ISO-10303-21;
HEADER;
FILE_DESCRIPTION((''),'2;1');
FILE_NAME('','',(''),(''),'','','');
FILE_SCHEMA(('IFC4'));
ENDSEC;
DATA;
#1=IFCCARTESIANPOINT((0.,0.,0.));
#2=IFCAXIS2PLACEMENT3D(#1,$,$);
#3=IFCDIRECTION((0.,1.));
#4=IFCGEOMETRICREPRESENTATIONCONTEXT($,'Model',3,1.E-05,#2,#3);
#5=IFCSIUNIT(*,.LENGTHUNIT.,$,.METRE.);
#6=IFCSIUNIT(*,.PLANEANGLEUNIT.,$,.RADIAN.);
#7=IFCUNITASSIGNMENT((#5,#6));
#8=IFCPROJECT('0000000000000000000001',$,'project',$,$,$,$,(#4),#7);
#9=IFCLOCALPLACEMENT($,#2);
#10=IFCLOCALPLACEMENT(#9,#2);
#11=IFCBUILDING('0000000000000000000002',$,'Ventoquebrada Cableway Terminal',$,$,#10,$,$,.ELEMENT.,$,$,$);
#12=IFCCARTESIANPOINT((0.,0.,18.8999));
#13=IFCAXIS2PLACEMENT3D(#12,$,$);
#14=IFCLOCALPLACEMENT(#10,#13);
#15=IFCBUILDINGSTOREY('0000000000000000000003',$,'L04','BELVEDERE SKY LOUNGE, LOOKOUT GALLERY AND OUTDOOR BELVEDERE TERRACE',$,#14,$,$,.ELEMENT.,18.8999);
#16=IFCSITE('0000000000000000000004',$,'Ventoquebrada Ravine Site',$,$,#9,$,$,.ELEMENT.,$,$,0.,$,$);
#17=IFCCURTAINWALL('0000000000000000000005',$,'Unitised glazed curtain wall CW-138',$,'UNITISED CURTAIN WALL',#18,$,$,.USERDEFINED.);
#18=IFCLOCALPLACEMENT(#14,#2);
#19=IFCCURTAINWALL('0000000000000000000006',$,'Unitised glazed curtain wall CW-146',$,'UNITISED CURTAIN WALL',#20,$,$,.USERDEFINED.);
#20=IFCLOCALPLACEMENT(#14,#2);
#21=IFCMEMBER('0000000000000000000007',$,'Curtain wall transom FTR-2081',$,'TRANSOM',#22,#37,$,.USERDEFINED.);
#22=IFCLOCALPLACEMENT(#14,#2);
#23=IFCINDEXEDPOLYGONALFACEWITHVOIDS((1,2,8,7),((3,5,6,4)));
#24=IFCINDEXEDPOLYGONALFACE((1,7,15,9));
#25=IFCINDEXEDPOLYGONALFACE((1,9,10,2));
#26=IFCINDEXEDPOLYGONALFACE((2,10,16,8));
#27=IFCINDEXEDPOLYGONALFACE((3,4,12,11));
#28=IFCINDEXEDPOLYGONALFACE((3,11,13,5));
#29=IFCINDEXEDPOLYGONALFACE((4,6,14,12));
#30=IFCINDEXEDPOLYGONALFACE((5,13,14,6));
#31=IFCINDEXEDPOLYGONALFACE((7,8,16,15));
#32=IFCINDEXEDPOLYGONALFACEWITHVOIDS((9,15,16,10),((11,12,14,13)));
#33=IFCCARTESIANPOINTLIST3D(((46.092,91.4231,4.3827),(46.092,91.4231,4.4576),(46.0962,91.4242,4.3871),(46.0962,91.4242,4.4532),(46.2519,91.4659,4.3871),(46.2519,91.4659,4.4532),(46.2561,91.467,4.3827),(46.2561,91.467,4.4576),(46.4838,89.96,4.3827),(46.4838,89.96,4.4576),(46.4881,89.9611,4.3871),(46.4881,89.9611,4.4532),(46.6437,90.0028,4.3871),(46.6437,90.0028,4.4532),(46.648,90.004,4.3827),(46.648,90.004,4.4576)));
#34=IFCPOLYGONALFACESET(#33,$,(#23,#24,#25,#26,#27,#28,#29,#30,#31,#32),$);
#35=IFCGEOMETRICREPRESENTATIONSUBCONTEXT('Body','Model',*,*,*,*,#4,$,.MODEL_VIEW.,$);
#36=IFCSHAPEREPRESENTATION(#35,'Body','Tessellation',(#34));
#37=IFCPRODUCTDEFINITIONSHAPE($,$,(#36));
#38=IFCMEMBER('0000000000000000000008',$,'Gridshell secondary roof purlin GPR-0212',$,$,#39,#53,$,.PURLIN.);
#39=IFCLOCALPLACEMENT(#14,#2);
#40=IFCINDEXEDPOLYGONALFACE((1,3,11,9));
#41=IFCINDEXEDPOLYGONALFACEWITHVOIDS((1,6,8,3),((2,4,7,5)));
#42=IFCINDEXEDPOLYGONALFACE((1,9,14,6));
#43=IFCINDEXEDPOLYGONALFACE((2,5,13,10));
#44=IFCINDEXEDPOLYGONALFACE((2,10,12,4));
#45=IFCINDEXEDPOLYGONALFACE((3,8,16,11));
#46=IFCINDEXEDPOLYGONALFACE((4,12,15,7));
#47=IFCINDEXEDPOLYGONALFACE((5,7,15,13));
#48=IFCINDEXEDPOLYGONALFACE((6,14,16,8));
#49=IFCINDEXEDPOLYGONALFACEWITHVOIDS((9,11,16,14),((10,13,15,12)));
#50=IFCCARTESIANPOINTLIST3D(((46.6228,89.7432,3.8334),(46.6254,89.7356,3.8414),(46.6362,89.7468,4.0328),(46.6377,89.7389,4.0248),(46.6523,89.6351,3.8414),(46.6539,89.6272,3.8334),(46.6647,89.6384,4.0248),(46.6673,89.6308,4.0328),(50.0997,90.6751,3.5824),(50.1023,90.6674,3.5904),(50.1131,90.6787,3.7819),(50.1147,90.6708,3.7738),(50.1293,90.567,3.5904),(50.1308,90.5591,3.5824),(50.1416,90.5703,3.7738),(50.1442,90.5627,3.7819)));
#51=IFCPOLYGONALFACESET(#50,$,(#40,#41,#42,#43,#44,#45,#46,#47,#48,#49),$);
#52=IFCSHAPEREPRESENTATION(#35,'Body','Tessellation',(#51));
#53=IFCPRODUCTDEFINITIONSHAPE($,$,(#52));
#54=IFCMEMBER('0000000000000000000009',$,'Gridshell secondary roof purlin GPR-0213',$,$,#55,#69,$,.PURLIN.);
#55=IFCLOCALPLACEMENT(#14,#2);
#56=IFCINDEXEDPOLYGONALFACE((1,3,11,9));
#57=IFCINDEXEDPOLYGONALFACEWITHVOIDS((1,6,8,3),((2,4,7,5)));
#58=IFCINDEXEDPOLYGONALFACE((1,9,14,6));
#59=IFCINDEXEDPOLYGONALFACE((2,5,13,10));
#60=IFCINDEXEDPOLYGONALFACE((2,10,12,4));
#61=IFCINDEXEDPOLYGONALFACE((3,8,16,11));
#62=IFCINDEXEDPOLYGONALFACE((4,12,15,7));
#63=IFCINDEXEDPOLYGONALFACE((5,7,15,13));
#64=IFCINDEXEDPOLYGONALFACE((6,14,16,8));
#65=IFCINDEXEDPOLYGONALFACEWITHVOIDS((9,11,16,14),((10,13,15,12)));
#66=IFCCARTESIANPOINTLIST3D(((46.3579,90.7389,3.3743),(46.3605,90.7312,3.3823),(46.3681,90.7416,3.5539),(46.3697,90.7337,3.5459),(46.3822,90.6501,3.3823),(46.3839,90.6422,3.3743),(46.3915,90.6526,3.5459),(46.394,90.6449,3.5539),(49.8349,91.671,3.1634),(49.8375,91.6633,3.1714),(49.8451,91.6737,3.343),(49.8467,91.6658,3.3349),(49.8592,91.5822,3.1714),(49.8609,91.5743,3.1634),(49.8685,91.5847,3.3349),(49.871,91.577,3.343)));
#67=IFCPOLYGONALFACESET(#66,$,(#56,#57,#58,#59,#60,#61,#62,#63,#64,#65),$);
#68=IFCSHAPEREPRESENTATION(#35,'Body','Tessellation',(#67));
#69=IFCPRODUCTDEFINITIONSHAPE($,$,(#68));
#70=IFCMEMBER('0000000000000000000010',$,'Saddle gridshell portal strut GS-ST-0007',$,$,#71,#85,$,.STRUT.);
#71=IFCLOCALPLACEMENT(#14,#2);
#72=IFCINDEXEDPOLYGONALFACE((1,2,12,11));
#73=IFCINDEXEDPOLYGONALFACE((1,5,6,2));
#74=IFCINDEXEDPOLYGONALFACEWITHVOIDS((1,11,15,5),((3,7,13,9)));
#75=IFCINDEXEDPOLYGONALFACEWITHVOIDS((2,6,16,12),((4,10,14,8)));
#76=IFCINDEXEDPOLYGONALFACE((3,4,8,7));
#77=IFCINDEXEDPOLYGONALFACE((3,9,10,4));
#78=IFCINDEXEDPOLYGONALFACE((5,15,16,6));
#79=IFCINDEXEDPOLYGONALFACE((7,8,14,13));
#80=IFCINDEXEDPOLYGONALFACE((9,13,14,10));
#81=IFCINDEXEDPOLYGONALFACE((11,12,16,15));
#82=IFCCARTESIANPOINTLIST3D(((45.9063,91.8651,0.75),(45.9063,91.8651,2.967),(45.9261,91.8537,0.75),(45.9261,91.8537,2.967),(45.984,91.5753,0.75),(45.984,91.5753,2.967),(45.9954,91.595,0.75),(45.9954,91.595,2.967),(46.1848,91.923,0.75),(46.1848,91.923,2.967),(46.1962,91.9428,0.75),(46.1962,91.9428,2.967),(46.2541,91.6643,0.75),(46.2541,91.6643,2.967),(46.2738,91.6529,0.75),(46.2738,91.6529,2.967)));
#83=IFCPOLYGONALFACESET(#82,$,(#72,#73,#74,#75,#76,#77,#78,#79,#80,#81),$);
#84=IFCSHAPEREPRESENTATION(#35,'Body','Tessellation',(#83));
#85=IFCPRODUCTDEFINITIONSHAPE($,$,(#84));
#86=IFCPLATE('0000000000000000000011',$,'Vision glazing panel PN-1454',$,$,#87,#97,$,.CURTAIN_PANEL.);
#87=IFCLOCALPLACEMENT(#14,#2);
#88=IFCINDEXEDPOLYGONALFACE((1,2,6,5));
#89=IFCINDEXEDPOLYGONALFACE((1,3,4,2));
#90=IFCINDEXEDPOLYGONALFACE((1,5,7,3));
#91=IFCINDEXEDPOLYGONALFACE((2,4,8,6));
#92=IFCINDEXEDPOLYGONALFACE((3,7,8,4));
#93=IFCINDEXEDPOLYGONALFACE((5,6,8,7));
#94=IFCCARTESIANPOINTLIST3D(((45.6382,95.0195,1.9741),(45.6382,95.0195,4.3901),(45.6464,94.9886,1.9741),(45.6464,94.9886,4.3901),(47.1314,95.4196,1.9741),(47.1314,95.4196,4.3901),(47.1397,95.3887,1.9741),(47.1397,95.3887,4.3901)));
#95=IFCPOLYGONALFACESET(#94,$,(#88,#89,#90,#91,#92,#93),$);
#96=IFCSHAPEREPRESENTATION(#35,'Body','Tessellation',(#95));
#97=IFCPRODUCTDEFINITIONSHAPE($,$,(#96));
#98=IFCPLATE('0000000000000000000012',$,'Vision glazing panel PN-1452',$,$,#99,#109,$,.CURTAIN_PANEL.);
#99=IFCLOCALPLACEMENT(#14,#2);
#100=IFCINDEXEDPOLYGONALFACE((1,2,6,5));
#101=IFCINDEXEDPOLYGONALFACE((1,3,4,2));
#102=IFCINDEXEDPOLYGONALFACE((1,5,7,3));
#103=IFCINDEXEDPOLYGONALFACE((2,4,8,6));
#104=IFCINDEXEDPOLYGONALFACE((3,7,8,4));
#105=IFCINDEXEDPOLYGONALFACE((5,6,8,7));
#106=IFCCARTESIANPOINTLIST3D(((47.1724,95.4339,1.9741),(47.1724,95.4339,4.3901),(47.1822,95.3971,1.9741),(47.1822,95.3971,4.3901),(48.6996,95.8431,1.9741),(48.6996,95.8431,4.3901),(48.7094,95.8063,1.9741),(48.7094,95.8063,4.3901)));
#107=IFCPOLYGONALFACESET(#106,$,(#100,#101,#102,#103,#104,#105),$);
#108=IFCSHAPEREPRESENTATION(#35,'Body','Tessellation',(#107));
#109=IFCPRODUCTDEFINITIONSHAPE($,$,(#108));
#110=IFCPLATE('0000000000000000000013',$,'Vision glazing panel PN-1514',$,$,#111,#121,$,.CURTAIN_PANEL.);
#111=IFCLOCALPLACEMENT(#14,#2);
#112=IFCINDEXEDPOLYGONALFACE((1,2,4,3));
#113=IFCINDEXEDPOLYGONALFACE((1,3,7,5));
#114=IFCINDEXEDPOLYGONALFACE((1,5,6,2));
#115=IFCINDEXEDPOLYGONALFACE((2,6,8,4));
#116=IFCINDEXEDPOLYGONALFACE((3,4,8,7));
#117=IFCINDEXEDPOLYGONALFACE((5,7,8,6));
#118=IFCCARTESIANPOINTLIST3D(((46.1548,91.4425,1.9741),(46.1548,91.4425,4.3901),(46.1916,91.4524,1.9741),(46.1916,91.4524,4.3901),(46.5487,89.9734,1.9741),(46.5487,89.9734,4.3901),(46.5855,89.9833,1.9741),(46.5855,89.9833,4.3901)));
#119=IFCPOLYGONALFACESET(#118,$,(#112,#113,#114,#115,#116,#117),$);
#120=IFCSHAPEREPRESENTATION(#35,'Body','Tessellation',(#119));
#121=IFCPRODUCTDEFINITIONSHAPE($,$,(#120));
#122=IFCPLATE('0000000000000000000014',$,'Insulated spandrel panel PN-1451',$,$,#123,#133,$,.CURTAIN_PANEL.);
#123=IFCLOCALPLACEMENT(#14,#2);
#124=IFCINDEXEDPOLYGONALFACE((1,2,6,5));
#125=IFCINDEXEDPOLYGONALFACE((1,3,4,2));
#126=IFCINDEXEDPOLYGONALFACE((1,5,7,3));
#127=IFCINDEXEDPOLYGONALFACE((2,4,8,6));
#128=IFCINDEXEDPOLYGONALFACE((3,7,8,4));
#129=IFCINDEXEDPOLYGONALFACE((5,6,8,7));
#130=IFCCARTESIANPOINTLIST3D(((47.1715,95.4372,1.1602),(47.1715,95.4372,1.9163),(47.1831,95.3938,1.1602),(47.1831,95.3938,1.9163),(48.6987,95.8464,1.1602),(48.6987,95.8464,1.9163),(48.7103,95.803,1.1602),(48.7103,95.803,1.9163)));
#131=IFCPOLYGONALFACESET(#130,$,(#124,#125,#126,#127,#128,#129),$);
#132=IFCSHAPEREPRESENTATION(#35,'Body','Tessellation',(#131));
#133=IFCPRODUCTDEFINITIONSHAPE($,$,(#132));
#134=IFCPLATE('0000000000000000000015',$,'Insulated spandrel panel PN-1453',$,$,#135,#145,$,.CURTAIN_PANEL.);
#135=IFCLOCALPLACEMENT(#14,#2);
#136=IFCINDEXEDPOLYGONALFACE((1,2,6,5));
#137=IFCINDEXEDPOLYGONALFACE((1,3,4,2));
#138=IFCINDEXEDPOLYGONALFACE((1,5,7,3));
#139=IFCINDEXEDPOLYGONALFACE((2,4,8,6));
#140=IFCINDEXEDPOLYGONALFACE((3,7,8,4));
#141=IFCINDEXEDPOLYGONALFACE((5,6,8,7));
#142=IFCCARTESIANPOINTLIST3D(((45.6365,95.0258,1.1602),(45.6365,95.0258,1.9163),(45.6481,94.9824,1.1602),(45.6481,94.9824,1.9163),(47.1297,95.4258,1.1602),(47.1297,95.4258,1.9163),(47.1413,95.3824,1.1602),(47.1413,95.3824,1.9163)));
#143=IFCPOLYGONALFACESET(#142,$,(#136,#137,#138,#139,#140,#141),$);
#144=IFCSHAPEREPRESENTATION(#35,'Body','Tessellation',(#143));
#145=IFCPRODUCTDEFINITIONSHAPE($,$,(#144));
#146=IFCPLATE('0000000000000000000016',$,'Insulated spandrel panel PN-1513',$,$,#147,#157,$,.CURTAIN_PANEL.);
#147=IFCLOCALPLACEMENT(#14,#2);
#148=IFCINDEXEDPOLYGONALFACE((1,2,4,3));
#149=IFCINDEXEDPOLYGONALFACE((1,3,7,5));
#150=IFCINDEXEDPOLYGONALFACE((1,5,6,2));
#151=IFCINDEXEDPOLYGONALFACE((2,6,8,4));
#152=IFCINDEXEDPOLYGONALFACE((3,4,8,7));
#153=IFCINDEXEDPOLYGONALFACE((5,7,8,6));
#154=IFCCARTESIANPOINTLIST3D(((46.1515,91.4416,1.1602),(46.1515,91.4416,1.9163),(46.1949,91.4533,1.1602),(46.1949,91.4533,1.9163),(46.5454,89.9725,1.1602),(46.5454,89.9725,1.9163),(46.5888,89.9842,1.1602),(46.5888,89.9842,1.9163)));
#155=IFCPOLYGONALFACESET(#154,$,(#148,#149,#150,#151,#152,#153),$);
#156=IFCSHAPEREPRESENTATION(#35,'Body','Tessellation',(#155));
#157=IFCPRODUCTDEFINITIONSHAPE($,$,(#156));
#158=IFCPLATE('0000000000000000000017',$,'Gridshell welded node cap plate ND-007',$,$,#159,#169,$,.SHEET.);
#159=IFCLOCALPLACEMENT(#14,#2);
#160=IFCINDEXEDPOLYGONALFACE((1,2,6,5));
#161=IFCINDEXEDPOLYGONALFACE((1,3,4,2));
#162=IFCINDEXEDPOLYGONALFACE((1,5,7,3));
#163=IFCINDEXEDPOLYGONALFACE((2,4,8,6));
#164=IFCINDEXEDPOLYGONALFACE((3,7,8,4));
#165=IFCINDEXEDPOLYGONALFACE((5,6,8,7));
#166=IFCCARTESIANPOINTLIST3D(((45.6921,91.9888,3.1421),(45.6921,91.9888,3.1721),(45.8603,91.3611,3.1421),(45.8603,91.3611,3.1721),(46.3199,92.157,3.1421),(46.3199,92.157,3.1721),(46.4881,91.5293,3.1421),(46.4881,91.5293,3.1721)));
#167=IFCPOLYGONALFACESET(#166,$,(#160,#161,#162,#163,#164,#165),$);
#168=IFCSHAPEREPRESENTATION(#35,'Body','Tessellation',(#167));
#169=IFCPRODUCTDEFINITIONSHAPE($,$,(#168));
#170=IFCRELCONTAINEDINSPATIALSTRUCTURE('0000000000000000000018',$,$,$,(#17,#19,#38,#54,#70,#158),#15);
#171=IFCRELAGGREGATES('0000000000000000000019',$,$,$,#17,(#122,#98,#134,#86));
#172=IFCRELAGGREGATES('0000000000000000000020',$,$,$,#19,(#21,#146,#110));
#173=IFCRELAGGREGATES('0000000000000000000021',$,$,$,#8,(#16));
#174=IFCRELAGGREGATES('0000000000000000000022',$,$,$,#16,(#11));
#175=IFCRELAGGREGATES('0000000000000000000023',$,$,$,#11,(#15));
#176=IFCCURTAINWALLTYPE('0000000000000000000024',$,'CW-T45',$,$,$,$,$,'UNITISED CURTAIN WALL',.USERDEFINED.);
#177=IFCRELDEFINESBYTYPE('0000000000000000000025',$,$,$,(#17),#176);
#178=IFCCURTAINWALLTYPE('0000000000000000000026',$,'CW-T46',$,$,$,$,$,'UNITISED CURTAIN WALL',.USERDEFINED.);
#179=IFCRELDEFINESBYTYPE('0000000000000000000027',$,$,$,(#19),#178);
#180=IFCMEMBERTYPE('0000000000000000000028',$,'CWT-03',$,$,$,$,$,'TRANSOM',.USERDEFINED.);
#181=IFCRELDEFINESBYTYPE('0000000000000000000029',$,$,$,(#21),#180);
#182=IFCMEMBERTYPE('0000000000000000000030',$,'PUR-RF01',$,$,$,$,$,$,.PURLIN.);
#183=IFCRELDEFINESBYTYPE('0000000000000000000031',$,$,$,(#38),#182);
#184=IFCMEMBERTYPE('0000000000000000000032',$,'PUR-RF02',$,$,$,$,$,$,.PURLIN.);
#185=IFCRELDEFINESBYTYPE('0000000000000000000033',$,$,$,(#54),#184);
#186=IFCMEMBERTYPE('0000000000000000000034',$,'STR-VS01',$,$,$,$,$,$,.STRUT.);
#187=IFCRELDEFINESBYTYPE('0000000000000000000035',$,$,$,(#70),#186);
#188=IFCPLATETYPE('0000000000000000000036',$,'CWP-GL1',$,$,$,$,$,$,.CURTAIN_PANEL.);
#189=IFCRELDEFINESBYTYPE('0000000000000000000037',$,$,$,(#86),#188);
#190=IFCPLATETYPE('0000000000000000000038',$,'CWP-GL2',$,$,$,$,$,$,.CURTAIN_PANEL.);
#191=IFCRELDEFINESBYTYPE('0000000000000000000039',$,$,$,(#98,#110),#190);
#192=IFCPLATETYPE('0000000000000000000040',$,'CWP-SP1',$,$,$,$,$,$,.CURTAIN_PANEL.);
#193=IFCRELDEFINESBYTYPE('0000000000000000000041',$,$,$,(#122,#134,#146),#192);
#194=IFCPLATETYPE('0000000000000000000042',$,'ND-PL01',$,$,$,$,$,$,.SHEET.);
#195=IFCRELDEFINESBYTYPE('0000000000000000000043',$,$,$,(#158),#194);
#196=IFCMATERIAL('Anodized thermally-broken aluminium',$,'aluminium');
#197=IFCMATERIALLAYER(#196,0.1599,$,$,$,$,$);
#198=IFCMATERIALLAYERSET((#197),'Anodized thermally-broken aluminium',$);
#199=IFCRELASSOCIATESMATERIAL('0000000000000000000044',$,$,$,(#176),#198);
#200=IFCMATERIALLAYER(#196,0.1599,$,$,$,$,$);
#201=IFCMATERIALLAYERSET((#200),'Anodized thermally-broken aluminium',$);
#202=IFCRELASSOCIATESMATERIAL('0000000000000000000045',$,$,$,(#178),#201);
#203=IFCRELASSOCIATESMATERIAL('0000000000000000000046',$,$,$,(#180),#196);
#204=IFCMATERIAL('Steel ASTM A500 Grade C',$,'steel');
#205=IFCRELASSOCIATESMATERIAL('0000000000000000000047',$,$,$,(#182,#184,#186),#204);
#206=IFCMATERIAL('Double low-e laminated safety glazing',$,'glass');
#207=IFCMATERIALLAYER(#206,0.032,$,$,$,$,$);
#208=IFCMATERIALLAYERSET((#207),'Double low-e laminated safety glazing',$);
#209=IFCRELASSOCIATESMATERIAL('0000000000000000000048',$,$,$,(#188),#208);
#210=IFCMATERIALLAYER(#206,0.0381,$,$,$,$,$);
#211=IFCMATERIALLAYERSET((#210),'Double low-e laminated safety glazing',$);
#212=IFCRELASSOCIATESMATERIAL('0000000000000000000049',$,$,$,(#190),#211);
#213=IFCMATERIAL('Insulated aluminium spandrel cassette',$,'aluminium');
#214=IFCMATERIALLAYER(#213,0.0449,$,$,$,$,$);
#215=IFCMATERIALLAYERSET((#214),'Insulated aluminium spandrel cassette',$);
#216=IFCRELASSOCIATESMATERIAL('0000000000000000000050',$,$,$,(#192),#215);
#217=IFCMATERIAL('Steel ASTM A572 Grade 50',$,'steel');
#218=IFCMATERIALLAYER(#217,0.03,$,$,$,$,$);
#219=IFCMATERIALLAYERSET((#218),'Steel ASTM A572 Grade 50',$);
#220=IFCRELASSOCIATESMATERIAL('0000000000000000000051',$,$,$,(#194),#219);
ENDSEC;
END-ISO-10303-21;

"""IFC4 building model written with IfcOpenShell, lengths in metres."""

from ifc_helpers import new_model, si_unit, direction, frame, origin, origin_2d, place, context, subcontext, project, spatial, rectangle, hollow_rectangle, extrude, material, layer, layer_set, material_profile, profile_set, type_object, element, aggregate, save


model = new_model("IFC4")

# Units and contexts
model_context = context("Model", 3, precision=1e-05, world=origin(), true_north=direction((0.0, 1.0)))
body_context = subcontext(model_context, "Body", "Model", "MODEL_VIEW")
ifc_project = project(units=[si_unit("LENGTHUNIT", "METRE"), si_unit("PLANEANGLEUNIT", "RADIAN")], contexts=[model_context])

# Site, building, storey
site_placement = place(None, origin())
site = spatial("IfcSite", under=ifc_project, at=site_placement, Name="Ventoquebrada Ravine Site", CompositionType="ELEMENT", RefElevation=0.0)
building_placement = place(site_placement, origin())
building = spatial("IfcBuilding", under=site, at=building_placement, Name="Ventoquebrada Cableway Terminal", CompositionType="ELEMENT")
storey_placement = place(building_placement, frame((0.0, 0.0, 18.8999)))
storey = spatial("IfcBuildingStorey", under=building, at=storey_placement, Name="L04", Description="BELVEDERE SKY LOUNGE, LOOKOUT GALLERY AND OUTDOOR BELVEDERE TERRACE", CompositionType="ELEMENT", Elevation=18.8999)

# Shared definitions
ifc_material_1 = material(Name="Steel ASTM A500 Grade C", Category="steel")

# Curtain wall
ifc_material_2 = material(Name="Anodized thermally-broken aluminium", Category="aluminium")
ifc_layer_1 = layer(ifc_material_2, 0.1599)
ifc_layer_set_1 = layer_set([ifc_layer_1], Name="Anodized thermally-broken aluminium")
curtain_wall_type_1 = type_object("IfcCurtainWallType", Name="CW-T45", ElementType="UNITISED CURTAIN WALL", PredefinedType="USERDEFINED", material=ifc_layer_set_1)
curtain_wall_1_placement = place(storey_placement, origin())
curtain_wall_1 = element("IfcCurtainWall", 1, at=curtain_wall_1_placement, inside=storey, type_object=curtain_wall_type_1, Name="Unitised glazed curtain wall CW-138", ObjectType="UNITISED CURTAIN WALL", PredefinedType="USERDEFINED")

# Curtain wall
ifc_layer_2 = layer(ifc_material_2, 0.1599)
ifc_layer_set_2 = layer_set([ifc_layer_2], Name="Anodized thermally-broken aluminium")
curtain_wall_type_2 = type_object("IfcCurtainWallType", Name="CW-T46", ElementType="UNITISED CURTAIN WALL", PredefinedType="USERDEFINED", material=ifc_layer_set_2)
curtain_wall_2_placement = place(storey_placement, origin())
curtain_wall_2 = element("IfcCurtainWall", 2, at=curtain_wall_2_placement, inside=storey, type_object=curtain_wall_type_2, Name="Unitised glazed curtain wall CW-146", ObjectType="UNITISED CURTAIN WALL", PredefinedType="USERDEFINED")

# Member
ifc_material_profile_1 = material_profile(ifc_material_2, hollow_rectangle(XDim=0.075, YDim=0.1699, WallThickness=0.0044, at=origin_2d()), Name="CW-TRN-75X170")
ifc_profile_set_1 = profile_set([ifc_material_profile_1], Name="Anodized thermally-broken aluminium")
member_type_1 = type_object("IfcMemberType", Name="CWT-03", ElementType="TRANSOM", PredefinedType="USERDEFINED", material=ifc_profile_set_1)
member_1_placement = place(storey_placement, frame((46.1741, 91.4451, 4.4202), z_axis=(0.258696, -0.965959, 0.0), x_axis=(0.0, 0.0, 1.0)))
member_1 = element("IfcMember", 3, at=member_1_placement, type_object=member_type_1, Name="Curtain wall transom FTR-2081", ObjectType="TRANSOM", PredefinedType="USERDEFINED", context=body_context, shape_type="SweptSolid", body=[
    extrude(hollow_rectangle(XDim=0.075, YDim=0.1699, WallThickness=0.0044, at=origin_2d()), origin(), (0.0, 0.0, 1.0), 1.5146),
])

# Members
ifc_material_profile_2 = material_profile(ifc_material_1, hollow_rectangle(XDim=0.1201, YDim=0.2, WallThickness=0.0081, at=origin_2d()), Name="RHS200X120X8")
ifc_profile_set_2 = profile_set([ifc_material_profile_2], Name="Steel ASTM A500 Grade C")
member_type_2 = type_object("IfcMemberType", Name="PUR-RF01", PredefinedType="PURLIN", material=ifc_profile_set_2)
member_2_placement = place(storey_placement, frame((46.645, 89.687, 3.9331), z_axis=(0.963572, 0.258247, -0.069551), x_axis=(-0.258874, 0.965911, 0.0)))
element("IfcMember", 4, at=member_2_placement, inside=storey, type_object=member_type_2, Name="Gridshell secondary roof purlin GPR-0212", PredefinedType="PURLIN", context=body_context, shape_type="SweptSolid", body=[
    extrude(hollow_rectangle(XDim=0.1201, YDim=0.2, WallThickness=0.0081, at=origin_2d()), origin(), (0.0, 0.0, 1.0), 3.6084),
])
ifc_material_profile_3 = material_profile(ifc_material_1, hollow_rectangle(XDim=0.1001, YDim=0.1799, WallThickness=0.0081, at=origin_2d()), Name="RHS180X100X8")
ifc_profile_set_3 = profile_set([ifc_material_profile_3], Name="Steel ASTM A500 Grade C")
member_type_3 = type_object("IfcMemberType", Name="PUR-RF02", PredefinedType="PURLIN", material=ifc_profile_set_3)
member_3_placement = place(storey_placement, frame((46.376, 90.6919, 3.4641), z_axis=(0.96424, 0.258494, -0.058496), x_axis=(-0.258937, 0.965894, 0.0)))
element("IfcMember", 5, at=member_3_placement, inside=storey, type_object=member_type_3, Name="Gridshell secondary roof purlin GPR-0213", PredefinedType="PURLIN", context=body_context, shape_type="SweptSolid", body=[
    extrude(hollow_rectangle(XDim=0.1001, YDim=0.1799, WallThickness=0.0081, at=origin_2d()), origin(), (0.0, 0.0, 1.0), 3.606),
])
ifc_material_profile_4 = material_profile(ifc_material_1, hollow_rectangle(XDim=0.3, YDim=0.3, WallThickness=0.0161, at=origin_2d()), Name="HSS300X300X16")
ifc_profile_set_4 = profile_set([ifc_material_profile_4], Name="Steel ASTM A500 Grade C")
member_type_4 = type_object("IfcMemberType", Name="STR-VS01", PredefinedType="STRUT", material=ifc_profile_set_4)
member_4_placement = place(storey_placement, frame((46.0901, 91.759, 0.75), z_axis=(0.0, 0.0, 1.0), x_axis=(0.965926, 0.258819, 0.0)))
element("IfcMember", 6, at=member_4_placement, inside=storey, type_object=member_type_4, Name="Saddle gridshell portal strut GS-ST-0007", PredefinedType="STRUT", context=body_context, shape_type="SweptSolid", body=[
    extrude(hollow_rectangle(XDim=0.3, YDim=0.3, WallThickness=0.0161, at=origin_2d()), origin(), (0.0, 0.0, 1.0), 2.217),
])

# Plates
ifc_material_3 = material(Name="Double low-e laminated safety glazing", Category="glass")
ifc_layer_3 = layer(ifc_material_3, 0.032)
ifc_layer_set_3 = layer_set([ifc_layer_3], Name="Double low-e laminated safety glazing")
plate_type_1 = type_object("IfcPlateType", Name="CWP-GL1", PredefinedType="CURTAIN_PANEL", material=ifc_layer_set_3)
plate_1_placement = place(storey_placement, frame((46.3889, 95.2041, 1.9741), z_axis=(0.0, 0.0, 1.0), x_axis=(-0.965935, -0.258785, 0.0)))
plate_1 = element("IfcPlate", 7, at=plate_1_placement, type_object=plate_type_1, Name="Vision glazing panel PN-1454", PredefinedType="CURTAIN_PANEL", context=body_context, shape_type="SweptSolid", body=[
    extrude(rectangle(XDim=1.5459, YDim=0.032, at=origin_2d()), origin(), (0.0, 0.0, 1.0), 2.416),
])
ifc_layer_4 = layer(ifc_material_3, 0.0381)
ifc_layer_set_4 = layer_set([ifc_layer_4], Name="Double low-e laminated safety glazing")
plate_type_2 = type_object("IfcPlateType", Name="CWP-GL2", PredefinedType="CURTAIN_PANEL", material=ifc_layer_set_4)
plate_2_placement = place(storey_placement, frame((47.9409, 95.6201, 1.9741), z_axis=(0.0, 0.0, 1.0), x_axis=(-0.965935, -0.258785, 0.0)))
plate_2 = element("IfcPlate", 8, at=plate_2_placement, type_object=plate_type_2, Name="Vision glazing panel PN-1452", PredefinedType="CURTAIN_PANEL", context=body_context, shape_type="SweptSolid", body=[
    extrude(rectangle(XDim=1.5811, YDim=0.0381, at=origin_2d()), origin(), (0.0, 0.0, 1.0), 2.416),
])
plate_3_placement = place(storey_placement, frame((46.3701, 90.7129, 1.9741), z_axis=(0.0, 0.0, 1.0), x_axis=(0.258971, -0.965885, 0.0)))
plate_3 = element("IfcPlate", 9, at=plate_3_placement, type_object=plate_type_2, Name="Vision glazing panel PN-1514", PredefinedType="CURTAIN_PANEL", context=body_context, shape_type="SweptSolid", body=[
    extrude(rectangle(XDim=1.521, YDim=0.0381, at=origin_2d()), origin(), (0.0, 0.0, 1.0), 2.416),
])
ifc_material_4 = material(Name="Insulated aluminium spandrel cassette", Category="aluminium")
ifc_layer_5 = layer(ifc_material_4, 0.0449)
ifc_layer_set_5 = layer_set([ifc_layer_5], Name="Insulated aluminium spandrel cassette")
plate_type_3 = type_object("IfcPlateType", Name="CWP-SP1", PredefinedType="CURTAIN_PANEL", material=ifc_layer_set_5)
plate_4_placement = place(storey_placement, frame((47.9409, 95.6201, 1.1602), z_axis=(0.0, 0.0, 1.0), x_axis=(-0.965935, -0.258785, 0.0)))
plate_4 = element("IfcPlate", 10, at=plate_4_placement, type_object=plate_type_3, Name="Insulated spandrel panel PN-1451", PredefinedType="CURTAIN_PANEL", context=body_context, shape_type="SweptSolid", body=[
    extrude(rectangle(XDim=1.5811, YDim=0.0449, at=origin_2d()), origin(), (0.0, 0.0, 1.0), 0.7561),
])
plate_5_placement = place(storey_placement, frame((46.3889, 95.2041, 1.1602), z_axis=(0.0, 0.0, 1.0), x_axis=(-0.965935, -0.258785, 0.0)))
plate_5 = element("IfcPlate", 11, at=plate_5_placement, type_object=plate_type_3, Name="Insulated spandrel panel PN-1453", PredefinedType="CURTAIN_PANEL", context=body_context, shape_type="SweptSolid", body=[
    extrude(rectangle(XDim=1.5459, YDim=0.0449, at=origin_2d()), origin(), (0.0, 0.0, 1.0), 0.7561),
])
aggregate(curtain_wall_1, [plate_4, plate_2, plate_5, plate_1])
plate_6_placement = place(storey_placement, frame((46.3701, 90.7129, 1.1602), z_axis=(0.0, 0.0, 1.0), x_axis=(0.258971, -0.965885, 0.0)))
plate_6 = element("IfcPlate", 12, at=plate_6_placement, type_object=plate_type_3, Name="Insulated spandrel panel PN-1513", PredefinedType="CURTAIN_PANEL", context=body_context, shape_type="SweptSolid", body=[
    extrude(rectangle(XDim=1.521, YDim=0.0449, at=origin_2d()), origin(), (0.0, 0.0, 1.0), 0.7561),
])
aggregate(curtain_wall_2, [member_1, plate_6, plate_3])
ifc_material_5 = material(Name="Steel ASTM A572 Grade 50", Category="steel")
ifc_layer_6 = layer(ifc_material_5, 0.03)
ifc_layer_set_6 = layer_set([ifc_layer_6], Name="Steel ASTM A572 Grade 50")
plate_type_4 = type_object("IfcPlateType", Name="ND-PL01", PredefinedType="SHEET", material=ifc_layer_set_6)
plate_7_placement = place(storey_placement, frame((46.0901, 91.759, 3.1421), z_axis=(0.0, 0.0, 1.0), x_axis=(0.965926, 0.258819, 0.0)))
element("IfcPlate", 13, at=plate_7_placement, inside=storey, type_object=plate_type_4, Name="Gridshell welded node cap plate ND-007", PredefinedType="SHEET", context=body_context, shape_type="SweptSolid", body=[
    extrude(rectangle(XDim=0.6499, YDim=0.6499, at=origin_2d()), origin(), (0.0, 0.0, 1.0), 0.03),
])

save(model, "model.ifc")
